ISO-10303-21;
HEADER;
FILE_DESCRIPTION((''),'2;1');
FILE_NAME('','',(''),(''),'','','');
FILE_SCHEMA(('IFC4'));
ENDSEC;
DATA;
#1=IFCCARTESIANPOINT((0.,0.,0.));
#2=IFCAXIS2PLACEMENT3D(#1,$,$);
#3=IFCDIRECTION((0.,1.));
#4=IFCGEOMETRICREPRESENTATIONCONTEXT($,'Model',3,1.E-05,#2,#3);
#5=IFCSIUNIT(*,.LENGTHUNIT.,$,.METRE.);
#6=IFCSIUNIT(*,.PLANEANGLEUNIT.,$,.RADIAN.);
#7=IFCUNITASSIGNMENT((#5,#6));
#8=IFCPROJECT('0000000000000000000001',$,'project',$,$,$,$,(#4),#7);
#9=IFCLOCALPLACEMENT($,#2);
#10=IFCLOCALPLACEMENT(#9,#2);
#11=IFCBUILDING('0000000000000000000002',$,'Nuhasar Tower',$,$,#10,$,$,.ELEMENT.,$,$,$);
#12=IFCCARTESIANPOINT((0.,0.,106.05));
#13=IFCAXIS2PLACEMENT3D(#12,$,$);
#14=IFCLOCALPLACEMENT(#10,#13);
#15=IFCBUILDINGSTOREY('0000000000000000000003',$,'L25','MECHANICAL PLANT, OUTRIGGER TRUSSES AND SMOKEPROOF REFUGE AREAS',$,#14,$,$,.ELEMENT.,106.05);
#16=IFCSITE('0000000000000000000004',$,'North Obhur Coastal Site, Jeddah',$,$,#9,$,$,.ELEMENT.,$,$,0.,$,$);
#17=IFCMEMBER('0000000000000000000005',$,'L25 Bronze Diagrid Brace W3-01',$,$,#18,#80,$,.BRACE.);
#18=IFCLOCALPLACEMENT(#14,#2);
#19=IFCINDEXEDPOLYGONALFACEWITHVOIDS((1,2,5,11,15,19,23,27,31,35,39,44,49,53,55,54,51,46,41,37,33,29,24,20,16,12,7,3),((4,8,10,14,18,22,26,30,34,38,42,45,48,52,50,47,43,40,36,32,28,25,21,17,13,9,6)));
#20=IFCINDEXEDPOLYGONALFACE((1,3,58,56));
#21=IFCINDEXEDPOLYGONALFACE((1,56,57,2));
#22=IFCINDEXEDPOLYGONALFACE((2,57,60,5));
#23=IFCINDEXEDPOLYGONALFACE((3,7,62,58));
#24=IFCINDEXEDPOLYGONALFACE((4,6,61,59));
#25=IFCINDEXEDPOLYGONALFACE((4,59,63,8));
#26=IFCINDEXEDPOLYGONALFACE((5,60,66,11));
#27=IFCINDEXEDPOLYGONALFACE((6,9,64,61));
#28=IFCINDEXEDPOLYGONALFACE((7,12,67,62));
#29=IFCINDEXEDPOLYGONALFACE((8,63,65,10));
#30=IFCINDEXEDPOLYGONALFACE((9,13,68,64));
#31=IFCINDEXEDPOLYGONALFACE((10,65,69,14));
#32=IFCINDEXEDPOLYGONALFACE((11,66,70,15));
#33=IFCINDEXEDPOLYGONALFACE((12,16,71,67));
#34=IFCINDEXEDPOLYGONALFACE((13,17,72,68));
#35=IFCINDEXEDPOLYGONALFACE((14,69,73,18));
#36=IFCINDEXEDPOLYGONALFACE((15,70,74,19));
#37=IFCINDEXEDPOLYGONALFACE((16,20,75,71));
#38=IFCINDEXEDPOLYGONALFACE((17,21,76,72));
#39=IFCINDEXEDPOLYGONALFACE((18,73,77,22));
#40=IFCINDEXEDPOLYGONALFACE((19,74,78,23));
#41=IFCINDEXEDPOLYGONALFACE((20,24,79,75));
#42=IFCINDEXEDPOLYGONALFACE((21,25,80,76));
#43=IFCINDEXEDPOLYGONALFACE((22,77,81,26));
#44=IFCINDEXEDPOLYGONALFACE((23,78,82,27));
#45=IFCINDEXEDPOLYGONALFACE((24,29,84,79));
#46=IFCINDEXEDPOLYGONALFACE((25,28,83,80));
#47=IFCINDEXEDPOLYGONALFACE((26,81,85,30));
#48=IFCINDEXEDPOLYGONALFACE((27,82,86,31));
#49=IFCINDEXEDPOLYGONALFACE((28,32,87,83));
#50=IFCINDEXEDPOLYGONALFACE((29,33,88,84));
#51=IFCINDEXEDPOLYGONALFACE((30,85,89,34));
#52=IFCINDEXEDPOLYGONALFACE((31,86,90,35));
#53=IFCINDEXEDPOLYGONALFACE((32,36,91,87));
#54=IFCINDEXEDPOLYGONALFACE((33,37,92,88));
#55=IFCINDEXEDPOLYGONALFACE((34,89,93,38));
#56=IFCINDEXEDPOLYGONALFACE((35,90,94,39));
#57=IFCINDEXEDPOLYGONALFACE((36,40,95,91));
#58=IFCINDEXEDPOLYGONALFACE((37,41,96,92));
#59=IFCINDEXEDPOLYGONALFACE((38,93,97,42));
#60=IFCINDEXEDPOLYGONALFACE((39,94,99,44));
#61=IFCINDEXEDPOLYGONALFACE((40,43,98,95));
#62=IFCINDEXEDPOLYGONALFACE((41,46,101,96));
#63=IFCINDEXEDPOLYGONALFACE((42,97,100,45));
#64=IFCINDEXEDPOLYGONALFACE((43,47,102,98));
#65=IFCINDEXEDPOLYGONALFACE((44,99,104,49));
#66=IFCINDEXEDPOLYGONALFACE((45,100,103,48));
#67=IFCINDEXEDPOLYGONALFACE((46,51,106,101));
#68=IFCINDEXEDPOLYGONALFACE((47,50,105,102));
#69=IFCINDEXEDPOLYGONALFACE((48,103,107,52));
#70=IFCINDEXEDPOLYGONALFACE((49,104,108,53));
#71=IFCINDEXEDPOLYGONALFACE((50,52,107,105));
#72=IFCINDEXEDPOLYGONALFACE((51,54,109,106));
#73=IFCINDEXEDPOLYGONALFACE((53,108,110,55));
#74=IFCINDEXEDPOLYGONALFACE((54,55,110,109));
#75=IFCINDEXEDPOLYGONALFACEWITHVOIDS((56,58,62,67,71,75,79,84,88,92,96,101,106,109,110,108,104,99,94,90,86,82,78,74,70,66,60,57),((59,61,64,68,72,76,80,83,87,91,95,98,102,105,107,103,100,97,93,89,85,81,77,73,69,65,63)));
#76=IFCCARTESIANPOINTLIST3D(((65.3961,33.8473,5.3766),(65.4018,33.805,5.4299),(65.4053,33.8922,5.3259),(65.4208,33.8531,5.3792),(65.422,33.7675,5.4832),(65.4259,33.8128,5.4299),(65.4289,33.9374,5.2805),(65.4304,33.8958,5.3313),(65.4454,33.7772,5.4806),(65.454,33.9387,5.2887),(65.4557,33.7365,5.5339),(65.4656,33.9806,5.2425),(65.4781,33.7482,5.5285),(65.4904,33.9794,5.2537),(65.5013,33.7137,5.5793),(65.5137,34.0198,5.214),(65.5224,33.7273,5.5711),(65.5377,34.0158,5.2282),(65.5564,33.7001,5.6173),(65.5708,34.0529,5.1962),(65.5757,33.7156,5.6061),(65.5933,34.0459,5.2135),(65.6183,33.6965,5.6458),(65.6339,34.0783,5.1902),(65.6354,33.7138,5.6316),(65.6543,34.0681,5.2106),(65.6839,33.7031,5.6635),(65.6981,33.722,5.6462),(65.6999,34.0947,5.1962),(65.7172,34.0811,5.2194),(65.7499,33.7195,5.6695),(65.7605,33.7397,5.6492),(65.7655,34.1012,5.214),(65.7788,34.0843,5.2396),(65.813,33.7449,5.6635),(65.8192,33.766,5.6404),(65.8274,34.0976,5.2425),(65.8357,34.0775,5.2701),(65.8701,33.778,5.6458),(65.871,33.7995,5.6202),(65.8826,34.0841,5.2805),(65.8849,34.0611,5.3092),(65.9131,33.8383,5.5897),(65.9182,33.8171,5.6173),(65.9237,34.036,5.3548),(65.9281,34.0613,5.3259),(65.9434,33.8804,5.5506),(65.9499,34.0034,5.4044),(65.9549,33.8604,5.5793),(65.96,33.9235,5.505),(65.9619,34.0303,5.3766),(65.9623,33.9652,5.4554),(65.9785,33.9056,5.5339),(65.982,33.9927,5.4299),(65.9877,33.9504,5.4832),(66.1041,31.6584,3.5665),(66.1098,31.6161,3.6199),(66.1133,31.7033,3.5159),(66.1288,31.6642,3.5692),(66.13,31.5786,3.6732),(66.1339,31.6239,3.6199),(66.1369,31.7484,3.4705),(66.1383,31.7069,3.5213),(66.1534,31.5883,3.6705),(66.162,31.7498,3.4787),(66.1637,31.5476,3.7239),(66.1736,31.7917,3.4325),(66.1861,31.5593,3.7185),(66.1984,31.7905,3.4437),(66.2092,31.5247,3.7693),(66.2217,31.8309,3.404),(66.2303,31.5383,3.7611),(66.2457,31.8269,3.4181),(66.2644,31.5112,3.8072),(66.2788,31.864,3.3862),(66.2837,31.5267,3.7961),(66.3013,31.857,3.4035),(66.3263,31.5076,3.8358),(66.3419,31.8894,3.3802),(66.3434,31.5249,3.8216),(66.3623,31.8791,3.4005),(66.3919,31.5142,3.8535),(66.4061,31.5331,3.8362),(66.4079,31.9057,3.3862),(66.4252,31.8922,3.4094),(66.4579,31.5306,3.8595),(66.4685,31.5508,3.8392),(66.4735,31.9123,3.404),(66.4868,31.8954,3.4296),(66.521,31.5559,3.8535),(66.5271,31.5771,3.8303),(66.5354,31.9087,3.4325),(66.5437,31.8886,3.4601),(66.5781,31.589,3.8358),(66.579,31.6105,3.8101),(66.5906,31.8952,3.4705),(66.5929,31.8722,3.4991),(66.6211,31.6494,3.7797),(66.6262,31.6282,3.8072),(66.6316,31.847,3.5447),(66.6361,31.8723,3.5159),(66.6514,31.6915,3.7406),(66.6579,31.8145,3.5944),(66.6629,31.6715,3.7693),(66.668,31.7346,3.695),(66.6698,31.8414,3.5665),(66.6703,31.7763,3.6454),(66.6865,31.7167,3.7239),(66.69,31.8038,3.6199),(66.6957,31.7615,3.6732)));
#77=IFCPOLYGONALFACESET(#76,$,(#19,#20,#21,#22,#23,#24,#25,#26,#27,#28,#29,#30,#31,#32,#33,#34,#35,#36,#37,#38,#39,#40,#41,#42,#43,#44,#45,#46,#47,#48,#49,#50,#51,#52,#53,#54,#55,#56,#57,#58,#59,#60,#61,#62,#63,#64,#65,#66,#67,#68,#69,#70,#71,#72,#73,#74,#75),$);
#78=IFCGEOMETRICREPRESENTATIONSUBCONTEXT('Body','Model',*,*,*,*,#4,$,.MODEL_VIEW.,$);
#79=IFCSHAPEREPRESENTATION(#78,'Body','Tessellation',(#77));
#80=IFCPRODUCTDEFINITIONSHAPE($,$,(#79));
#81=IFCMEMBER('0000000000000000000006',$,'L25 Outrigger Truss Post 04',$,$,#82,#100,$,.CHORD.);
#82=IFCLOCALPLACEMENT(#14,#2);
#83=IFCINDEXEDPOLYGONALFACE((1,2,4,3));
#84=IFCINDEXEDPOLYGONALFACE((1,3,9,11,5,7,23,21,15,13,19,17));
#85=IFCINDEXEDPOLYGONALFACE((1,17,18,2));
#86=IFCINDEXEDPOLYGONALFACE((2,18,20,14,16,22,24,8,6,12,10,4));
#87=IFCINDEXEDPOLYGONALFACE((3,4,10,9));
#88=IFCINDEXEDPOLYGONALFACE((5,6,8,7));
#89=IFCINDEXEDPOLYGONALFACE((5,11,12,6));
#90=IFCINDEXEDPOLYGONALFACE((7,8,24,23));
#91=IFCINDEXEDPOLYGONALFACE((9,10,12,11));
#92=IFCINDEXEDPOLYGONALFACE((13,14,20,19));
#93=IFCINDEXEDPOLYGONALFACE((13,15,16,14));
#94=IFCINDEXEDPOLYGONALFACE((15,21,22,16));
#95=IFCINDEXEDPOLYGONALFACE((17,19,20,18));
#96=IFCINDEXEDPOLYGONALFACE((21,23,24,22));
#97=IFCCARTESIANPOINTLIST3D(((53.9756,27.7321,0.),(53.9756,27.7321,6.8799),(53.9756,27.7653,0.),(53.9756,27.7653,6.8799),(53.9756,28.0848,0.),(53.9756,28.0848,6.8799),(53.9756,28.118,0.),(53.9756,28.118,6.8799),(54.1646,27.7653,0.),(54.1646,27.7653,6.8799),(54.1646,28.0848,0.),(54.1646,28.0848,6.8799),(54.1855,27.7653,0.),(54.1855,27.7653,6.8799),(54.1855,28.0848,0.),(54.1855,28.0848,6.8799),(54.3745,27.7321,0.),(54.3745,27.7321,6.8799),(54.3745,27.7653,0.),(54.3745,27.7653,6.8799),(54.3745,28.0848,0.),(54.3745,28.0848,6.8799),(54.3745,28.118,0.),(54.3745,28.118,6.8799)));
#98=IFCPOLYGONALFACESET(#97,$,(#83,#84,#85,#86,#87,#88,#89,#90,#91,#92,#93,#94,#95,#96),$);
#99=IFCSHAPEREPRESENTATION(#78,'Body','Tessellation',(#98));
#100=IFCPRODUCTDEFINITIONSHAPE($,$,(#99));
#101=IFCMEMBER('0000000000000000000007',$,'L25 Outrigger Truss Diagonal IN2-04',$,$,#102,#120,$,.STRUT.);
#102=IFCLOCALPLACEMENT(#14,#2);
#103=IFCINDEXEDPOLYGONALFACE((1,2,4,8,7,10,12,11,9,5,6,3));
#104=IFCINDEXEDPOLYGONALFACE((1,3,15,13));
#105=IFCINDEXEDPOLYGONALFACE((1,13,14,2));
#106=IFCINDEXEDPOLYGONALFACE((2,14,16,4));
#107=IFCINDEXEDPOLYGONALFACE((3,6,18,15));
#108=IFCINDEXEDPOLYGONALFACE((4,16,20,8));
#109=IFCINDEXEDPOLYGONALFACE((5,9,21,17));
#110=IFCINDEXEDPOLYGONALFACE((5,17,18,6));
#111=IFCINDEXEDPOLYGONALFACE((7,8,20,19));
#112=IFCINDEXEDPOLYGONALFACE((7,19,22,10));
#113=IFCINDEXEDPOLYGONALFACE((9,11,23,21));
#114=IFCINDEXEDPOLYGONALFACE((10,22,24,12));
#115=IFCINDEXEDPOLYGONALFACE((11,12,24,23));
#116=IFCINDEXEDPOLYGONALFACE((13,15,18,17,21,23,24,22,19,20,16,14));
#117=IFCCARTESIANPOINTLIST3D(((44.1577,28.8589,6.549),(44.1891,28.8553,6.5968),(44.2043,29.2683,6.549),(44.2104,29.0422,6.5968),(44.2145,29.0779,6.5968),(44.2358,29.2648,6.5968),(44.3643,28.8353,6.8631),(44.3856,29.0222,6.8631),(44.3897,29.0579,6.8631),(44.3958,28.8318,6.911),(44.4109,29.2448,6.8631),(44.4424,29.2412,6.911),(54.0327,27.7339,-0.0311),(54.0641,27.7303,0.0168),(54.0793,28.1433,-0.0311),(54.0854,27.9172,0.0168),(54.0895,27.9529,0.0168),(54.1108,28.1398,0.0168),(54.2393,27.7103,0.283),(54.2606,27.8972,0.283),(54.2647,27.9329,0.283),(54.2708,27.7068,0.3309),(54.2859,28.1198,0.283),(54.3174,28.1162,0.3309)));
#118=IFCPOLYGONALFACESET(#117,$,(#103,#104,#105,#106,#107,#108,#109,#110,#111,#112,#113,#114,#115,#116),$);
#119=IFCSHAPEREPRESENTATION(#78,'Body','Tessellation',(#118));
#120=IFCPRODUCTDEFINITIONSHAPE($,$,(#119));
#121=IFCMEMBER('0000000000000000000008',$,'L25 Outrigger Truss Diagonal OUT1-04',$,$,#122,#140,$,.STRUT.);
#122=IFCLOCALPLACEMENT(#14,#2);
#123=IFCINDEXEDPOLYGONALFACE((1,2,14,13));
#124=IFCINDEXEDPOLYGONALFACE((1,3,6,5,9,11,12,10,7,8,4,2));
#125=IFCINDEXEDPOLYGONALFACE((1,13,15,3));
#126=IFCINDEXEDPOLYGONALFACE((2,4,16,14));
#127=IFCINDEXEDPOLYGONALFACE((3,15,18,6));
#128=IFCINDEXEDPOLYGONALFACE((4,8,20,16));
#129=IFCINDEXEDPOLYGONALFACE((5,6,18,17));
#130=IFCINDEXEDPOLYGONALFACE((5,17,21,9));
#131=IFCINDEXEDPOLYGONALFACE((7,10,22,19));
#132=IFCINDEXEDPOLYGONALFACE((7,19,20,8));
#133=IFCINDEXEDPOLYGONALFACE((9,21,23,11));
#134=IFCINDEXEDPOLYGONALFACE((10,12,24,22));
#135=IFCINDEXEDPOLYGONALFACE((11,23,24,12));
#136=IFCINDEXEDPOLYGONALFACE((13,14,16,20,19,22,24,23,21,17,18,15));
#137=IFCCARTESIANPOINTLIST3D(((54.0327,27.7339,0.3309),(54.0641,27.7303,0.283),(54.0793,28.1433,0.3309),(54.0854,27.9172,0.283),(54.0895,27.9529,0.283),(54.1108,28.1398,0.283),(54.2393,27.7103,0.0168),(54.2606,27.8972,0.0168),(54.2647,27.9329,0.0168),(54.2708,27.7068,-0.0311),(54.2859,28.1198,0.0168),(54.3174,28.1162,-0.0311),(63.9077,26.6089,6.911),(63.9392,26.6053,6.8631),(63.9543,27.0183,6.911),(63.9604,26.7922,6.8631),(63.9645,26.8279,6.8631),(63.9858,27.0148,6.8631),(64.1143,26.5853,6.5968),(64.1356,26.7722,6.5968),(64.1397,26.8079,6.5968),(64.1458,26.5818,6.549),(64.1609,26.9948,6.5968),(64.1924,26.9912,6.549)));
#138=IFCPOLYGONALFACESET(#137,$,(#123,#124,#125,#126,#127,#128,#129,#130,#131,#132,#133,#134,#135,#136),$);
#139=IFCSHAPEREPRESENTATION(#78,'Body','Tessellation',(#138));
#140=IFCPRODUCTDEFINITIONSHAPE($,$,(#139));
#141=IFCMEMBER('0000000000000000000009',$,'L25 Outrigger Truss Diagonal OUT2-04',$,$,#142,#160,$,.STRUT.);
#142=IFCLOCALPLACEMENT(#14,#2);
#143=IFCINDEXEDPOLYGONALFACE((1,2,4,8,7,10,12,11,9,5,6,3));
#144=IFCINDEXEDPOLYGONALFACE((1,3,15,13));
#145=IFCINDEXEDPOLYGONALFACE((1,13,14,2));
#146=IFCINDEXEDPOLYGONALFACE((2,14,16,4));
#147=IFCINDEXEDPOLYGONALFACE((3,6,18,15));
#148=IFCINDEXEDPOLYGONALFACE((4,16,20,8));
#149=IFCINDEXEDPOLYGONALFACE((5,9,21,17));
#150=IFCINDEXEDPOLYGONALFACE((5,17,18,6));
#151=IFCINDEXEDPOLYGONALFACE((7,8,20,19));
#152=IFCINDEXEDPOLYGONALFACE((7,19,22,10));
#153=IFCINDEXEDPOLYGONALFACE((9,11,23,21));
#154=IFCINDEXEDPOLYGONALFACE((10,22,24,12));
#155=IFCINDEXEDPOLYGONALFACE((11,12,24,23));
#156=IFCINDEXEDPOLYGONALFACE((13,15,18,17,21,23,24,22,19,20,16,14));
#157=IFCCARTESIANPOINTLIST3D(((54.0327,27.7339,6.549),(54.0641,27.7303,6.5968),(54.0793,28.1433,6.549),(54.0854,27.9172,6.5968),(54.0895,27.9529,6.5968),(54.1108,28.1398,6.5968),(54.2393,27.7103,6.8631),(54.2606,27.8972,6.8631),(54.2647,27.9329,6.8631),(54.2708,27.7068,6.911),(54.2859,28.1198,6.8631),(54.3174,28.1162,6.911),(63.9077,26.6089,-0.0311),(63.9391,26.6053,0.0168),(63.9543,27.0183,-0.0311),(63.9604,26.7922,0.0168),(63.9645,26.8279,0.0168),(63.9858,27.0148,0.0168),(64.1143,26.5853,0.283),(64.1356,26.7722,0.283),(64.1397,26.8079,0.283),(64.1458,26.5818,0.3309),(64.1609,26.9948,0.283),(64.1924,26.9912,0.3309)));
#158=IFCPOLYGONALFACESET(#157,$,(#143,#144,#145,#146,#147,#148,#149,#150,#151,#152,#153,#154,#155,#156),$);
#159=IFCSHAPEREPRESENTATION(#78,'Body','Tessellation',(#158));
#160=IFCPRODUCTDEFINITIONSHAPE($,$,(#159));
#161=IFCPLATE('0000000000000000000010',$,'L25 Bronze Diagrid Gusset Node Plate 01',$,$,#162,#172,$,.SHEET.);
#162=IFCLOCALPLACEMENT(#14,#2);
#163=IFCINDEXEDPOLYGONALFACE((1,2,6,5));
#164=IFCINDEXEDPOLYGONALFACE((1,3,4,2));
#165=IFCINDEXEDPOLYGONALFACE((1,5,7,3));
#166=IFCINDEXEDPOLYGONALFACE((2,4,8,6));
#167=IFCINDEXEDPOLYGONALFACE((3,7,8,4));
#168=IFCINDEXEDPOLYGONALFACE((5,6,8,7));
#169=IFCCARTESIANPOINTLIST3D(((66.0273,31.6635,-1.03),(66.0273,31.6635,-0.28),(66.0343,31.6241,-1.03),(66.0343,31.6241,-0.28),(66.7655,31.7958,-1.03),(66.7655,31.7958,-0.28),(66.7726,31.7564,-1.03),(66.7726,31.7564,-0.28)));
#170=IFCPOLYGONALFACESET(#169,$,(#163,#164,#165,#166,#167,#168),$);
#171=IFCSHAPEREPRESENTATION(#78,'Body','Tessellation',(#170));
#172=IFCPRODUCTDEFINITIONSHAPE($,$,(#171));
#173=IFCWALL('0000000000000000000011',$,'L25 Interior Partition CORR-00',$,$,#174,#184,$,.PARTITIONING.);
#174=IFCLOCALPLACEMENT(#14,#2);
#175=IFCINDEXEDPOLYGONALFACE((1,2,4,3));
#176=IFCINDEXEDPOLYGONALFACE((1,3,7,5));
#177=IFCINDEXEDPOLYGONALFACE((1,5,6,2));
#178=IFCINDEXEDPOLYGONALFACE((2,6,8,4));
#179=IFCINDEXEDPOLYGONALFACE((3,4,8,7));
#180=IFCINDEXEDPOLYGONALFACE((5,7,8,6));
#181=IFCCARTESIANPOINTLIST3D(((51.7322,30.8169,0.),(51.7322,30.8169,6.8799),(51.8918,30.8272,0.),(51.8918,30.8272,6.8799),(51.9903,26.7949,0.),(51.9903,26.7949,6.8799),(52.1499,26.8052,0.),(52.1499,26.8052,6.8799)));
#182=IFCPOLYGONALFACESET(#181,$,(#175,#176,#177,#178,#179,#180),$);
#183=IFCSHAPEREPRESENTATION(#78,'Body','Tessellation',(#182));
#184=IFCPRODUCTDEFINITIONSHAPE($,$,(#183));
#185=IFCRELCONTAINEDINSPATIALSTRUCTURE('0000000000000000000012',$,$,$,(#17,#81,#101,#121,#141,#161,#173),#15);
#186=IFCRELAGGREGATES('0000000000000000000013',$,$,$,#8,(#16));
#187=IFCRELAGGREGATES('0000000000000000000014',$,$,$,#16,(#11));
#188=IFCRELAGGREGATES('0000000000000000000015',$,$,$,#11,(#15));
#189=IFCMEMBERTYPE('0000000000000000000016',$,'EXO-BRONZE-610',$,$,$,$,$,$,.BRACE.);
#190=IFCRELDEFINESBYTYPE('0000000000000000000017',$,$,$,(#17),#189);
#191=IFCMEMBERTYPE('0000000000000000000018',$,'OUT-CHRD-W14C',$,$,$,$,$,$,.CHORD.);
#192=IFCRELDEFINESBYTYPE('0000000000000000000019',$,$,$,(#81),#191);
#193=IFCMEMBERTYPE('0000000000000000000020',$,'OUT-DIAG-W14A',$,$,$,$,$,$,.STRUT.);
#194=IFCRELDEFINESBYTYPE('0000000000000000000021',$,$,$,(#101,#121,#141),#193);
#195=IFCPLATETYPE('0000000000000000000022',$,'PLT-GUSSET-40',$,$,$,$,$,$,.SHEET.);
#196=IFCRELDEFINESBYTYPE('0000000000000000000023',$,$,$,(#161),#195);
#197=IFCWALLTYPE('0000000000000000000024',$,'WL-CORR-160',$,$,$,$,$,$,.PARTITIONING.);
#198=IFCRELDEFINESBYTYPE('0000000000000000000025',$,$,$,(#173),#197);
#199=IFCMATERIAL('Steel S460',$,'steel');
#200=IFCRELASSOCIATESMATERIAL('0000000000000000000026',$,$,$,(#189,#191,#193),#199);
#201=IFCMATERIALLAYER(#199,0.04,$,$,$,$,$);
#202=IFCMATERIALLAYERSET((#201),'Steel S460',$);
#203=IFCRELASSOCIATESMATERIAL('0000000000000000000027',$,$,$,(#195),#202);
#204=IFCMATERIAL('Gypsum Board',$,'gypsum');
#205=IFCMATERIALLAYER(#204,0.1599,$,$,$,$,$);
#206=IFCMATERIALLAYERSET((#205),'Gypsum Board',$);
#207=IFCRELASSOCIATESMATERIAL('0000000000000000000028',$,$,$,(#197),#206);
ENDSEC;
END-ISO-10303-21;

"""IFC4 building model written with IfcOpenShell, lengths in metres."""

from ifc_helpers import new_model, si_unit, direction, frame, frame_2d, origin, origin_2d, place, context, subcontext, project, spatial, rectangle, hollow_circle, i_section, extrude, material, layer, layer_set, material_profile, profile_set, type_object, element, save


model = new_model("IFC4")

# Units and contexts
model_context = context("Model", 3, precision=1e-05, world=origin(), true_north=direction((0.0, 1.0)))
body_context = subcontext(model_context, "Body", "Model", "MODEL_VIEW")
ifc_project = project(units=[si_unit("LENGTHUNIT", "METRE"), si_unit("PLANEANGLEUNIT", "RADIAN")], contexts=[model_context])

# Site, building, storey
site_placement = place(None, origin())
site = spatial("IfcSite", under=ifc_project, at=site_placement, Name="North Obhur Coastal Site, Jeddah", CompositionType="ELEMENT", RefElevation=0.0)
building_placement = place(site_placement, origin())
building = spatial("IfcBuilding", under=site, at=building_placement, Name="Nuhasar Tower", CompositionType="ELEMENT")
storey_placement = place(building_placement, frame((0.0, 0.0, 106.05)))
storey = spatial("IfcBuildingStorey", under=building, at=storey_placement, Name="L25", Description="MECHANICAL PLANT, OUTRIGGER TRUSSES AND SMOKEPROOF REFUGE AREAS", CompositionType="ELEMENT", Elevation=106.05)

# Shared definitions
ifc_material_1 = material(Name="Steel S460", Category="steel")

# Members
ifc_material_profile_1 = material_profile(ifc_material_1, hollow_circle(Radius=0.3049, WallThickness=0.0254, at=origin_2d()), Name="HSS610X25.4")
ifc_profile_set_1 = profile_set([ifc_material_profile_1], Name="Steel S460")
member_type_1 = type_object("IfcMemberType", Name="EXO-BRONZE-610", PredefinedType="BRACE", material=ifc_profile_set_1)
for number, where, z_axis, x_axis, name in (
    (1, (66.3999, 31.71, 3.6199), (-0.241863, 0.747773, 0.618335), (-0.951468, -0.307747, 0.0), "L25 Bronze Diagrid Brace W3-01"),
):
    element("IfcMember", number, at=place(storey_placement, frame(where, z_axis=z_axis, x_axis=x_axis)), inside=storey, type_object=member_type_1, Name=name, PredefinedType="BRACE", context=body_context, shape_type="SweptSolid", body=[
        extrude(hollow_circle(Radius=0.3049, WallThickness=0.0254, at=origin_2d()), origin(), (0.0, 0.0, 1.0), 2.9272),
    ])
ifc_material_profile_2 = material_profile(ifc_material_1, i_section(OverallWidth=0.3989, OverallDepth=0.386, WebThickness=0.021, FlangeThickness=0.0332, at=origin_2d()), Name="W14X176")
ifc_profile_set_2 = profile_set([ifc_material_profile_2], Name="Steel S460")
member_type_2 = type_object("IfcMemberType", Name="OUT-CHRD-W14C", PredefinedType="CHORD", material=ifc_profile_set_2)
member_placement = place(storey_placement, frame((54.175, 27.925, 0.0), z_axis=(0.0, 0.0, 1.0), x_axis=(1.0, 0.0, 0.0)))
element("IfcMember", 2, at=member_placement, inside=storey, type_object=member_type_2, Name="L25 Outrigger Truss Post 04", PredefinedType="CHORD", context=body_context, shape_type="SweptSolid", body=[
    extrude(i_section(OverallWidth=0.3989, OverallDepth=0.386, WebThickness=0.021, FlangeThickness=0.0332, at=origin_2d()), origin(), (0.0, 0.0, 1.0), 6.8799),
])
ifc_material_profile_3 = material_profile(ifc_material_1, i_section(OverallWidth=0.4121, OverallDepth=0.4341, WebThickness=0.0359, FlangeThickness=0.0574, at=origin_2d()), Name="W14X311")
ifc_profile_set_3 = profile_set([ifc_material_profile_3], Name="Steel S460")
member_type_3 = type_object("IfcMemberType", Name="OUT-DIAG-W14A", PredefinedType="STRUT", material=ifc_profile_set_3)
for number, where, z_axis, x_axis, name in (
    (3, (54.175, 27.925, 0.1499), (-0.828462, 0.094382, 0.552035), (-0.113192, -0.993573, 0.0), "L25 Outrigger Truss Diagonal IN2-04"),
    (4, (54.175, 27.925, 0.1499), (0.828462, -0.094382, 0.552035), (0.113192, 0.993573, 0.0), "L25 Outrigger Truss Diagonal OUT1-04"),
    (5, (64.05, 26.8, 0.1499), (-0.828462, 0.094382, 0.552035), (-0.113192, -0.993573, 0.0), "L25 Outrigger Truss Diagonal OUT2-04"),
):
    element("IfcMember", number, at=place(storey_placement, frame(where, z_axis=z_axis, x_axis=x_axis)), inside=storey, type_object=member_type_3, Name=name, PredefinedType="STRUT", context=body_context, shape_type="SweptSolid", body=[
        extrude(i_section(OverallWidth=0.4121, OverallDepth=0.4341, WebThickness=0.0359, FlangeThickness=0.0574, at=origin_2d()), origin(), (0.0, 0.0, 1.0), 11.9197),
    ])

# Plate
ifc_layer_1 = layer(ifc_material_1, 0.04)
ifc_layer_set_1 = layer_set([ifc_layer_1], Name="Steel S460")
plate_type = type_object("IfcPlateType", Name="PLT-GUSSET-40", PredefinedType="SHEET", material=ifc_layer_set_1)
plate_placement = place(storey_placement, frame((66.3999, 31.71, -1.03), z_axis=(0.0, 0.0, 1.0), x_axis=(0.984322, 0.17638, 0.0)))
element("IfcPlate", 6, at=plate_placement, inside=storey, type_object=plate_type, Name="L25 Bronze Diagrid Gusset Node Plate 01", PredefinedType="SHEET", context=body_context, shape_type="SweptSolid", body=[
    extrude(rectangle(XDim=0.75, YDim=0.04, at=origin_2d()), origin(), (0.0, 0.0, 1.0), 0.75),
])

# Wall
ifc_material_2 = material(Name="Gypsum Board", Category="gypsum")
ifc_layer_2 = layer(ifc_material_2, 0.1599)
ifc_layer_set_2 = layer_set([ifc_layer_2], Name="Gypsum Board")
wall_type_1 = type_object("IfcWallType", Name="WL-CORR-160", PredefinedType="PARTITIONING", material=ifc_layer_set_2)
wall_1_placement = place(storey_placement, frame((52.0701, 26.8, 0.0), z_axis=(0.0, 0.0, 1.0), x_axis=(-0.06403, 0.997948, 0.0)))
element("IfcWall", 7, at=wall_1_placement, inside=storey, type_object=wall_type_1, Name="L25 Interior Partition CORR-00", PredefinedType="PARTITIONING", context=body_context, shape_type="SweptSolid", body=[
    extrude(rectangle(XDim=4.0303, YDim=0.1599, at=frame_2d((2.0151, 0.0))), origin(), (0.0, 0.0, 1.0), 6.8799),
])

save(model, "model.ifc")
